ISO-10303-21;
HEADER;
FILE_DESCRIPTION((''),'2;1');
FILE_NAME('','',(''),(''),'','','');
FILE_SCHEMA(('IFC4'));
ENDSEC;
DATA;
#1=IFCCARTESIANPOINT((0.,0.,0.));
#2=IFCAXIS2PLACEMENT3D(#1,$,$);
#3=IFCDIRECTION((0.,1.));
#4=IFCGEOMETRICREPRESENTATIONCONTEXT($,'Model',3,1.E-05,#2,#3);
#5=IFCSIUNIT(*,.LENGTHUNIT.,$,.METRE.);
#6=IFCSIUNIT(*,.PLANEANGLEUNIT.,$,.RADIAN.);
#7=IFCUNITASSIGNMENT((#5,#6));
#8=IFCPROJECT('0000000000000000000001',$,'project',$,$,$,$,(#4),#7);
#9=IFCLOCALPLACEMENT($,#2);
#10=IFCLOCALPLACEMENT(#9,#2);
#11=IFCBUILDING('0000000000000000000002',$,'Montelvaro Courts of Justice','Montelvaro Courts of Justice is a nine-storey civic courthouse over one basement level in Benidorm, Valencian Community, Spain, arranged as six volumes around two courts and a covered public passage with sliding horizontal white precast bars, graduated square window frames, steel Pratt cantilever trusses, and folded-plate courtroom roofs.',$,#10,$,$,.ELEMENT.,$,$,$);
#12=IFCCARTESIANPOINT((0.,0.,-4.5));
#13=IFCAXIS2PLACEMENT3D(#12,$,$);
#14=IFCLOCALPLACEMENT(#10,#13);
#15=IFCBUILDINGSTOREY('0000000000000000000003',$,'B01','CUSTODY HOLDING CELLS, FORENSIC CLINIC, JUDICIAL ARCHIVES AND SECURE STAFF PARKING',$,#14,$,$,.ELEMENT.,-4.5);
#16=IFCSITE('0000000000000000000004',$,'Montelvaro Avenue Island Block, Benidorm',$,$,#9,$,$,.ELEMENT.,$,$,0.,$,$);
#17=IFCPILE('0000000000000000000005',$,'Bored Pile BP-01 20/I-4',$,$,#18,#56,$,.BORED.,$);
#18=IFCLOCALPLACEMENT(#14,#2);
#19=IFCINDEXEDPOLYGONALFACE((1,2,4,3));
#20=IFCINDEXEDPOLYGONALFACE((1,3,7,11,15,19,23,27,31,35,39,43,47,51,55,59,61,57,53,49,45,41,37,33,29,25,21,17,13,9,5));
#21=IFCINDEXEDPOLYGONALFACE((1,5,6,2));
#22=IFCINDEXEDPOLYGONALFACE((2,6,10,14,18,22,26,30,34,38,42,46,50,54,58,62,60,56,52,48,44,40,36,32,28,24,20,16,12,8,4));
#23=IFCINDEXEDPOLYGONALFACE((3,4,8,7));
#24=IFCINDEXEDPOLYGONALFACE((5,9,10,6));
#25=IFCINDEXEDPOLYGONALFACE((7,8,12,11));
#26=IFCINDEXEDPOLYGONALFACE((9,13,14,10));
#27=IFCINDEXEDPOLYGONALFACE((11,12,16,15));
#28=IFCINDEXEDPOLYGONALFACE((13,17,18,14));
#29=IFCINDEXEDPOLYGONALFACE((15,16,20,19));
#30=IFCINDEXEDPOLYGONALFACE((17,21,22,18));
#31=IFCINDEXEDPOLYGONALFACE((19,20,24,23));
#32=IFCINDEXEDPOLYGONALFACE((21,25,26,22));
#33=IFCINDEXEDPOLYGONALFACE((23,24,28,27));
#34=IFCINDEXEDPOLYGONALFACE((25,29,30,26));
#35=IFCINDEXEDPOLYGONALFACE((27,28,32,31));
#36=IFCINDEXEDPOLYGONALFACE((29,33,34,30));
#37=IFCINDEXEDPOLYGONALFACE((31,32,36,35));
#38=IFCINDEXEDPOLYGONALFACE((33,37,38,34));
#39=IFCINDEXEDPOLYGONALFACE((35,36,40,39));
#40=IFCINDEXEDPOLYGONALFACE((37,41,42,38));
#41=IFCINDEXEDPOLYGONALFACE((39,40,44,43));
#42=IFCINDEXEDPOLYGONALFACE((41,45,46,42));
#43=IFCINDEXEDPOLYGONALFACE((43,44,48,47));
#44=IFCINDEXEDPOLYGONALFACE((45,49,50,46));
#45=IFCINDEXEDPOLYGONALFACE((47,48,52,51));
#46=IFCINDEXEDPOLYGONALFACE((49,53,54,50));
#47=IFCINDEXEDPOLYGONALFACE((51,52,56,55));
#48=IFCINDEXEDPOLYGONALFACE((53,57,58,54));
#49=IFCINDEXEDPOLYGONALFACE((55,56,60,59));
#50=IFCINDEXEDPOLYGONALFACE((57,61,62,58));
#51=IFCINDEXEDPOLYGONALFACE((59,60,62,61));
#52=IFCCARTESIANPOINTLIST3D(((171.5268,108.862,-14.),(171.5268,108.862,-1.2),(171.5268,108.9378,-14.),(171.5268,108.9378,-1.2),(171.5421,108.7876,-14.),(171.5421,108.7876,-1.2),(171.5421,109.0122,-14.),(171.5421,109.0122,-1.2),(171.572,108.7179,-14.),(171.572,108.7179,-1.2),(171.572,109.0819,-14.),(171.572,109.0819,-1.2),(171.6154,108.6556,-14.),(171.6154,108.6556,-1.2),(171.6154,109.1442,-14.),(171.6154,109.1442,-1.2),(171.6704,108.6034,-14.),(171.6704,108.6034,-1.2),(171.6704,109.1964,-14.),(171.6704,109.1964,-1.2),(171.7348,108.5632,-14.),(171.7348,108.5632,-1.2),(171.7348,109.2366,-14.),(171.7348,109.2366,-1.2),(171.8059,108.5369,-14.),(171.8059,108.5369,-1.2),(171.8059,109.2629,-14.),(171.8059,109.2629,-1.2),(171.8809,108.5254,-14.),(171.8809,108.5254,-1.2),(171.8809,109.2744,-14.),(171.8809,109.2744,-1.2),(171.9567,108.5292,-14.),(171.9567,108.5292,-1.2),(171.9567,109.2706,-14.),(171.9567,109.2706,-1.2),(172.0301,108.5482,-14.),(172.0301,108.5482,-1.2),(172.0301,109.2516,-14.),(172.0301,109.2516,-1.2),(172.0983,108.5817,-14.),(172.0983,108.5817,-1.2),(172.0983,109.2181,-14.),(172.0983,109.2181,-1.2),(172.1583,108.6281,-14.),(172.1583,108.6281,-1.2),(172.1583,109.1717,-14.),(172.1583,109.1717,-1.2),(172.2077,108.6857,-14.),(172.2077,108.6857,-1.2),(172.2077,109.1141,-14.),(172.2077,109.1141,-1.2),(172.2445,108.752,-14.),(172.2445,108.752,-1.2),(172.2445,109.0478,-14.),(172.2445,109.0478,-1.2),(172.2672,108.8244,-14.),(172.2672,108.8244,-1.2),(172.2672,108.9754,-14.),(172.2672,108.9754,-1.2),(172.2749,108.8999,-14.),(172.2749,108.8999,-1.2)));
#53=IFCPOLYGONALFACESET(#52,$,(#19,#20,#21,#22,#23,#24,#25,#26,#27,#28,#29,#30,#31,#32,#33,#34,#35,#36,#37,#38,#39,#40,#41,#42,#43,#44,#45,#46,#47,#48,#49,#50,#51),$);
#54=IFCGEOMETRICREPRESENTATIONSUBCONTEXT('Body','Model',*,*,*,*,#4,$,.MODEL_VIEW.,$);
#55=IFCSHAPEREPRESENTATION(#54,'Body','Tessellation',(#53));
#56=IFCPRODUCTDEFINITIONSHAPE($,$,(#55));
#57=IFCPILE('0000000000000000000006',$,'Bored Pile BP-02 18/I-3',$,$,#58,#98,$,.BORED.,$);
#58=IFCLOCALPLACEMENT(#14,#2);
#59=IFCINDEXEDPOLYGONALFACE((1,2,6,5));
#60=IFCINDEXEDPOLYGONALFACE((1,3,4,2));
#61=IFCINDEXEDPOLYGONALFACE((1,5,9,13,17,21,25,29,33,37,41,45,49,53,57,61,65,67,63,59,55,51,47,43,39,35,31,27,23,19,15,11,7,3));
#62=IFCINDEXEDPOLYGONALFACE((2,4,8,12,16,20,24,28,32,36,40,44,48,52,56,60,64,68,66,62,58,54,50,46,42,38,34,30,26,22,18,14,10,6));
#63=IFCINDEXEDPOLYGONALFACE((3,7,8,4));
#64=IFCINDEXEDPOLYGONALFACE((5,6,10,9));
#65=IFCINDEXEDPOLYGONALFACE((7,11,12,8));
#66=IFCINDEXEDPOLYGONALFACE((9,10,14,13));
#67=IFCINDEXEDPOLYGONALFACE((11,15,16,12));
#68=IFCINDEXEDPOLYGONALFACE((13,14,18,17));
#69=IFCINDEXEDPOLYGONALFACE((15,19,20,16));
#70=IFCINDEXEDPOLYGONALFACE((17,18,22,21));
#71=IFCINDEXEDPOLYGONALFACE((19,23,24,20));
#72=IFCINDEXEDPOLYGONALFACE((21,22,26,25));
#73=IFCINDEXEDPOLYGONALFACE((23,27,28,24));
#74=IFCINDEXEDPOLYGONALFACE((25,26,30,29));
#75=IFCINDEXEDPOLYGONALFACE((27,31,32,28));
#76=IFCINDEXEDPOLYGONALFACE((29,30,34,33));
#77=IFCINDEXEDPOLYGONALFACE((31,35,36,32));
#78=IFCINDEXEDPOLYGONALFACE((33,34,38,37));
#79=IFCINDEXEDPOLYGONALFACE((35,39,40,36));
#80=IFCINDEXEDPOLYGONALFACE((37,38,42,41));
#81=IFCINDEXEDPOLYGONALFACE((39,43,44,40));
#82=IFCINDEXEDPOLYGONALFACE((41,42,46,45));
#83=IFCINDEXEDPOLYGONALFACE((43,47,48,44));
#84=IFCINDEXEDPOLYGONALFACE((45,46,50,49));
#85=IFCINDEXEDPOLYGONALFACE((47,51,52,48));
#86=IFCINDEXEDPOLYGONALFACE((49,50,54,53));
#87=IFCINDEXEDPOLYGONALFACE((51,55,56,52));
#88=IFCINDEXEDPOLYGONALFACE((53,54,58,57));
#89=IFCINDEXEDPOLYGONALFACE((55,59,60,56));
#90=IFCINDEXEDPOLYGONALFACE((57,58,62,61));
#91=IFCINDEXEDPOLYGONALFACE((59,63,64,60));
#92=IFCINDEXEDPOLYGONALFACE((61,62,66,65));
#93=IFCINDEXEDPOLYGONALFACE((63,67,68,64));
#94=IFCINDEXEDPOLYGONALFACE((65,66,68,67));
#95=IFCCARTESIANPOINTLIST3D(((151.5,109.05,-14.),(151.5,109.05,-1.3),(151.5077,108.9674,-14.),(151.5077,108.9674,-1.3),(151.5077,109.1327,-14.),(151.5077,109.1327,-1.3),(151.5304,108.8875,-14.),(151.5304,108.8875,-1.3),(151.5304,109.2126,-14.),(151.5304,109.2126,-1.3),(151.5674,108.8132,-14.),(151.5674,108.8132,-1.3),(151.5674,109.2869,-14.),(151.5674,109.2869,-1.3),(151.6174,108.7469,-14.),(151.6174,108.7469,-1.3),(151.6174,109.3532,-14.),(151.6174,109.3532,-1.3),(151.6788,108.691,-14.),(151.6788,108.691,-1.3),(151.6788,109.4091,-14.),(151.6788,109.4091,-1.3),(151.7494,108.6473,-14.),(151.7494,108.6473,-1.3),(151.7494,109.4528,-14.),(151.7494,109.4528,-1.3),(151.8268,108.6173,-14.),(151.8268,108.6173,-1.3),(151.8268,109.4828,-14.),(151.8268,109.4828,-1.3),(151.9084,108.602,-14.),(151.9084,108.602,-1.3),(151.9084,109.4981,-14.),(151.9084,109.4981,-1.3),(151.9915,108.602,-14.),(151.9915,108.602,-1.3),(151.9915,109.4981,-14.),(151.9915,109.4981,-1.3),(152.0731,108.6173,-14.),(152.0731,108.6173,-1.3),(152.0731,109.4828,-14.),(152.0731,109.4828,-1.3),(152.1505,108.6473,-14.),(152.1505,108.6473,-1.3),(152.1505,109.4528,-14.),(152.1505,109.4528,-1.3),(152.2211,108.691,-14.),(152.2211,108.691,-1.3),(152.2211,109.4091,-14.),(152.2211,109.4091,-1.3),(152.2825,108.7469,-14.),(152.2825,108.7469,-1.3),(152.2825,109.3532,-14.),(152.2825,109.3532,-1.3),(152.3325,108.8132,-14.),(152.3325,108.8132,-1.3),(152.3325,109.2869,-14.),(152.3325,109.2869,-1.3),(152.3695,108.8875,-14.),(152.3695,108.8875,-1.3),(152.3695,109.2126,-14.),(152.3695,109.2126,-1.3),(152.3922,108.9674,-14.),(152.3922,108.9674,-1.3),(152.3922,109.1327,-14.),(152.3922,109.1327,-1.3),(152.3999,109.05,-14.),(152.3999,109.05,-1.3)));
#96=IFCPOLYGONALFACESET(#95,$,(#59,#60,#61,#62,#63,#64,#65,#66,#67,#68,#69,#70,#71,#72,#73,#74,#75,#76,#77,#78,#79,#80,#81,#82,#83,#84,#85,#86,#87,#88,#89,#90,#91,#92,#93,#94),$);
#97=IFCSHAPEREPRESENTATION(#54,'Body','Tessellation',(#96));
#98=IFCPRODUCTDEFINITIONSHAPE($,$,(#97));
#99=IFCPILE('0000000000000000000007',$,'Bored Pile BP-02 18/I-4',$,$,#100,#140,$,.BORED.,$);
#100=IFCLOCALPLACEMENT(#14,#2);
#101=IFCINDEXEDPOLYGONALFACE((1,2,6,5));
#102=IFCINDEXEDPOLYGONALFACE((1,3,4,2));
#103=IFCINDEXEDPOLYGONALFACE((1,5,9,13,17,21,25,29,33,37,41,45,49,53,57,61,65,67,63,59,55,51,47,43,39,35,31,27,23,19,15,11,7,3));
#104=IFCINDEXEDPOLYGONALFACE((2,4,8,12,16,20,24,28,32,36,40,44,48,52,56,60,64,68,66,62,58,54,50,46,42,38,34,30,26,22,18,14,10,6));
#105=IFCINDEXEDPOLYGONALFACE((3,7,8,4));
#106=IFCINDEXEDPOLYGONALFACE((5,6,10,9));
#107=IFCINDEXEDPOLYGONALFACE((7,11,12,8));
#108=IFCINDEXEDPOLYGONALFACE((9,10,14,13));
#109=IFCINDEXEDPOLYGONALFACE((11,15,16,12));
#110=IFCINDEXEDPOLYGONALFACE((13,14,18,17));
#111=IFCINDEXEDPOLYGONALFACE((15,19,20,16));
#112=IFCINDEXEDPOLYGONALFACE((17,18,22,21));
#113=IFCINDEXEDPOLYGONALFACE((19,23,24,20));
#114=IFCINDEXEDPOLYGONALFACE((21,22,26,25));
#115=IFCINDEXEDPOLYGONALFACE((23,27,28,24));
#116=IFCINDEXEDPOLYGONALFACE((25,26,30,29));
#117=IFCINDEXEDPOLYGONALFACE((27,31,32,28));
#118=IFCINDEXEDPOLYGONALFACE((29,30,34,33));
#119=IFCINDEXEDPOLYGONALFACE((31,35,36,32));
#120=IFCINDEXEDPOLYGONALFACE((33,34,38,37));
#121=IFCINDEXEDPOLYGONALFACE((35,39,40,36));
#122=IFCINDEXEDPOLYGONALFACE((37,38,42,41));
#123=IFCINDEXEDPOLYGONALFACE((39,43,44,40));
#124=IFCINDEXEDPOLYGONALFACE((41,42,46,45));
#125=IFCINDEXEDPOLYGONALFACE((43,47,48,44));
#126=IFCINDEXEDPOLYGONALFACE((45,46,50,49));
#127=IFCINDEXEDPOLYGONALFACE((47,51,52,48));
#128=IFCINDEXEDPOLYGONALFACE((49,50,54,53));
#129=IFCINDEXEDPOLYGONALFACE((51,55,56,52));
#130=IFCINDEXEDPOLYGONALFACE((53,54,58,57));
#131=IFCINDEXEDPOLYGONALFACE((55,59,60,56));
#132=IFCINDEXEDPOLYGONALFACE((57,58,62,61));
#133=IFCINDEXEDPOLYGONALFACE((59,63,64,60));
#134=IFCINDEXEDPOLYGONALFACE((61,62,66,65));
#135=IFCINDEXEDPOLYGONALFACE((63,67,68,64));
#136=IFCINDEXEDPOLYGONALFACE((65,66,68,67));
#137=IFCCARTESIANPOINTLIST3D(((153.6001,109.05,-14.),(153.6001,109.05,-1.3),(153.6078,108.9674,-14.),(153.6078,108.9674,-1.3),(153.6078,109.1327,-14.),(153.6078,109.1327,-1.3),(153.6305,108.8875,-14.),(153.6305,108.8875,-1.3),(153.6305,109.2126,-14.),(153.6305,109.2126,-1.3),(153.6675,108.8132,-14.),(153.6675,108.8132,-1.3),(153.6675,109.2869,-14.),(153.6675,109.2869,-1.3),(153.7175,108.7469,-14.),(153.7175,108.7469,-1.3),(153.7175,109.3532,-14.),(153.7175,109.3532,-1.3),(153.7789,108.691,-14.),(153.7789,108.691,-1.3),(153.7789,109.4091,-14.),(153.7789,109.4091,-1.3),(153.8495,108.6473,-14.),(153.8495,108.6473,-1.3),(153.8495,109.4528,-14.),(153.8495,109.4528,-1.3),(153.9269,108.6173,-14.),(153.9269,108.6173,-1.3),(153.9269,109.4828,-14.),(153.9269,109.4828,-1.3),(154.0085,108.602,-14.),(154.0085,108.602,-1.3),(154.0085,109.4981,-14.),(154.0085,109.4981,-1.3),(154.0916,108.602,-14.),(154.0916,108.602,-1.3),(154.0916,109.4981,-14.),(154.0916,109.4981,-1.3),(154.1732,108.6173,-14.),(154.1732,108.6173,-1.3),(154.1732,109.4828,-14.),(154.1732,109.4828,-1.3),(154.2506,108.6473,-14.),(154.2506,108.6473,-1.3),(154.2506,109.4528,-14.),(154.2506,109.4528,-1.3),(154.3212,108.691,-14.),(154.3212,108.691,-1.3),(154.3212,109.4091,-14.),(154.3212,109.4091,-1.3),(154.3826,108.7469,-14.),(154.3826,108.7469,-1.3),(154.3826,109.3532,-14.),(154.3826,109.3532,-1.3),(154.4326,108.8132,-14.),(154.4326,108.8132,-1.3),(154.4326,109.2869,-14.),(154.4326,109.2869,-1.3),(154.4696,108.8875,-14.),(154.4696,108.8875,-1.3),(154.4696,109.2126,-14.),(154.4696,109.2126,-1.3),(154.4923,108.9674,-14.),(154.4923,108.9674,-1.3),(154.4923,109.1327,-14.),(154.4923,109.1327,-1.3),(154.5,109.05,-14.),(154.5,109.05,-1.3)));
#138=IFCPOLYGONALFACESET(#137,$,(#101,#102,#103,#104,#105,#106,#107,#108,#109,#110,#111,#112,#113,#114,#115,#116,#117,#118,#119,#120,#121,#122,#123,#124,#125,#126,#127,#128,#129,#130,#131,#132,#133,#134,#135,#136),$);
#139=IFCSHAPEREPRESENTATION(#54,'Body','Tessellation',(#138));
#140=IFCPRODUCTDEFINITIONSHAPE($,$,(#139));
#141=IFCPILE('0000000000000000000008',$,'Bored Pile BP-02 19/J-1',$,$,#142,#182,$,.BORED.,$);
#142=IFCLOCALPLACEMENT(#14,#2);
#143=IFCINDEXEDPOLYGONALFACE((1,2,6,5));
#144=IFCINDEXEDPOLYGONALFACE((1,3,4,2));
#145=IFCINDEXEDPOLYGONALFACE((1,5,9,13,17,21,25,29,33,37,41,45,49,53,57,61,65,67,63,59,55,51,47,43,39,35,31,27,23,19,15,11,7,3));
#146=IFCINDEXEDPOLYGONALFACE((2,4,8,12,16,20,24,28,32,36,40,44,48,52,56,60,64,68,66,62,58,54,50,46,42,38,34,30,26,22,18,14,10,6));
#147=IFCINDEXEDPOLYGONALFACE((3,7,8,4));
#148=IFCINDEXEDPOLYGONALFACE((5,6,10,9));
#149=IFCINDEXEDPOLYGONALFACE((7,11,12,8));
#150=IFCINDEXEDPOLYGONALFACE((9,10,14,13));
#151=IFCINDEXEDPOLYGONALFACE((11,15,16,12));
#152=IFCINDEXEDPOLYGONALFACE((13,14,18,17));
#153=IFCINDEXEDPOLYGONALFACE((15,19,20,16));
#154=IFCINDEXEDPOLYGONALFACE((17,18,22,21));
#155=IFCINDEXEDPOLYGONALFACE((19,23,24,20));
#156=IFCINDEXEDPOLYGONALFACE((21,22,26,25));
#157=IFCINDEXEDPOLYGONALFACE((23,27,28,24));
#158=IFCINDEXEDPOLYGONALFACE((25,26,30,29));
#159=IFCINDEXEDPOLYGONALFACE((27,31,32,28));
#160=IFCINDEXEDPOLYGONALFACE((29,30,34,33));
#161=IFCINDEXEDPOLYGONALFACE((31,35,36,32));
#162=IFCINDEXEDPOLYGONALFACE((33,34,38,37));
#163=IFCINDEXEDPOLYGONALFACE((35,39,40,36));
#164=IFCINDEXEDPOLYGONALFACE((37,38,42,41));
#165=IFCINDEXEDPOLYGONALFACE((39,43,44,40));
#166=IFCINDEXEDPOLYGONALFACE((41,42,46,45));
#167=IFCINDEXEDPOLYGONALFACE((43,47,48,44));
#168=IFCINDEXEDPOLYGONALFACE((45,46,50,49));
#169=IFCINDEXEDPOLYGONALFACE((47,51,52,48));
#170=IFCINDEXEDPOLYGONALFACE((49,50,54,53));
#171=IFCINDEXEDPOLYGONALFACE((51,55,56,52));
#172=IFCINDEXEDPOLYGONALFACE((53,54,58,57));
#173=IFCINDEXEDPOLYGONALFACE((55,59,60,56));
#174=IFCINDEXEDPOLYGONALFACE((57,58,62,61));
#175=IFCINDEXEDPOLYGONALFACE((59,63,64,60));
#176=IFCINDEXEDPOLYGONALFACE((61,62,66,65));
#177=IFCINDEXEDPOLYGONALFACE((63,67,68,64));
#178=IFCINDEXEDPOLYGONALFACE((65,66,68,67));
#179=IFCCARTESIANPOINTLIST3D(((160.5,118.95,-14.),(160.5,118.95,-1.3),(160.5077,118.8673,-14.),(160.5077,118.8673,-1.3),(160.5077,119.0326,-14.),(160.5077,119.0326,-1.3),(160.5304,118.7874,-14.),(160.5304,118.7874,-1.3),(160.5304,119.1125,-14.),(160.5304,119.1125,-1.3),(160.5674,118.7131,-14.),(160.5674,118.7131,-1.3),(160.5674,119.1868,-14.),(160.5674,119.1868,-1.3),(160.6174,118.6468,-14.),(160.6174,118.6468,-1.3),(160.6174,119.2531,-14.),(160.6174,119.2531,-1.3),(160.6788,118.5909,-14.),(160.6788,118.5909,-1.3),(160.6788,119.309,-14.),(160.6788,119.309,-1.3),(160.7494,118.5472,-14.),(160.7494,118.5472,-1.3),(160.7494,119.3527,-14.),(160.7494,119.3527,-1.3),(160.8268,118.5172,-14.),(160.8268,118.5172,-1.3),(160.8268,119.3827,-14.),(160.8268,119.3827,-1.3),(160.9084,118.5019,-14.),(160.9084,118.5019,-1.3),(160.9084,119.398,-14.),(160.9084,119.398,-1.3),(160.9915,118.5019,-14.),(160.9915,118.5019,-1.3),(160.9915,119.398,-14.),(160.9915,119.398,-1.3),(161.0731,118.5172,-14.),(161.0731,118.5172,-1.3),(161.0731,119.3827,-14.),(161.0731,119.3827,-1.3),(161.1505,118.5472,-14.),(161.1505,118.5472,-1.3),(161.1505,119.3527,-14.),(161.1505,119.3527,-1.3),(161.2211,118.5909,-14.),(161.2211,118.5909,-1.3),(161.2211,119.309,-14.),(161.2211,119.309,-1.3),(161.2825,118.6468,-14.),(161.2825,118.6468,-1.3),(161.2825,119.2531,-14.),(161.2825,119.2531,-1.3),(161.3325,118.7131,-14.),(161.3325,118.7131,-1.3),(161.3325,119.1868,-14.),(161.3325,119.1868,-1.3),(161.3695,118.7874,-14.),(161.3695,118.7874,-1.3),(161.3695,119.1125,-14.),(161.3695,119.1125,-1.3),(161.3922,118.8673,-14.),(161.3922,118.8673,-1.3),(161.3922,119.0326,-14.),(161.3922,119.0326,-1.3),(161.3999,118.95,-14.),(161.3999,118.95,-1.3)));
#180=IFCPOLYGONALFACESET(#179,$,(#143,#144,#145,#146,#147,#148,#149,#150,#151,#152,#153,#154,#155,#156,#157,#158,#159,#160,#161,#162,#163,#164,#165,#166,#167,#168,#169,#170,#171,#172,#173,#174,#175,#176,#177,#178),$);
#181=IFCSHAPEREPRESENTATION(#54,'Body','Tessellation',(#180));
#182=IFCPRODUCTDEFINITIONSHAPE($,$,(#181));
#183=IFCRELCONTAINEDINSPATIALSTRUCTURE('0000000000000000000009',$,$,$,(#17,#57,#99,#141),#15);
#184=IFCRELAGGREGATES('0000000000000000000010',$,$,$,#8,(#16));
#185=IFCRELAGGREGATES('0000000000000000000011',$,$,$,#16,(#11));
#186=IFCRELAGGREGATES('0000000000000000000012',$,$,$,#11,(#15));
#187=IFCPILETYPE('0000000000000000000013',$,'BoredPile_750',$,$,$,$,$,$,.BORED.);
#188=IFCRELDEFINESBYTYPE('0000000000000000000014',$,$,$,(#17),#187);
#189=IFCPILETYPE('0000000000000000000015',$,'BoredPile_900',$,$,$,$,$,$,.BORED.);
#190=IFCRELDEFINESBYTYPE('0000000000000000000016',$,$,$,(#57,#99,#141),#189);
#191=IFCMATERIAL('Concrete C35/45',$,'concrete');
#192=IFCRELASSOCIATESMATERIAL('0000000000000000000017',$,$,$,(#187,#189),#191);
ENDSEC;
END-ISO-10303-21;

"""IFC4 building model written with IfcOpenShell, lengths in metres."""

from ifc_helpers import new_model, si_unit, direction, frame, origin, origin_2d, place, context, subcontext, project, spatial, circle, extrude, material, material_profile, profile_set, type_object, element, save


model = new_model("IFC4")

# Units and contexts
model_context = context("Model", 3, precision=1e-05, world=origin(), true_north=direction((0.0, 1.0)))
body_context = subcontext(model_context, "Body", "Model", "MODEL_VIEW")
ifc_project = project(units=[si_unit("LENGTHUNIT", "METRE"), si_unit("PLANEANGLEUNIT", "RADIAN")], contexts=[model_context])

# Site, building, storey
site_placement = place(None, origin())
site = spatial("IfcSite", under=ifc_project, at=site_placement, Name="Montelvaro Avenue Island Block, Benidorm", CompositionType="ELEMENT", RefElevation=0.0)
building_placement = place(site_placement, origin())
building = spatial("IfcBuilding", under=site, at=building_placement, Name="Montelvaro Courts of Justice", Description="Montelvaro Courts of Justice is a nine-storey civic courthouse over one basement level in Benidorm, Valencian Community, Spain, arranged as six volumes around two courts and a covered public passage with sliding horizontal white precast bars, graduated square window frames, steel Pratt cantilever trusses, and folded-plate courtroom roofs.", CompositionType="ELEMENT")
storey_placement = place(building_placement, frame((0.0, 0.0, -4.5)))
storey = spatial("IfcBuildingStorey", under=building, at=storey_placement, Name="B01", Description="CUSTODY HOLDING CELLS, FORENSIC CLINIC, JUDICIAL ARCHIVES AND SECURE STAFF PARKING", CompositionType="ELEMENT", Elevation=-4.5)

# Piles
ifc_material_1 = material(Name="Concrete C35/45", Category="concrete")
ifc_material_profile_1 = material_profile(ifc_material_1, circle(Radius=0.375, at=origin_2d()), Name="BORED PILE D750")
ifc_profile_set_1 = profile_set([ifc_material_profile_1], Name="Concrete C35/45")
pile_type_1 = type_object("IfcPileType", Name="BoredPile_750", PredefinedType="BORED", material=ifc_profile_set_1)
for number, where, z_axis, x_axis, name in (
    (1, (171.8999, 108.8999, -1.2), (0.0, 0.0, -1.0), (1.0, 0.0, 0.0), "Bored Pile BP-01 20/I-4"),
):
    element("IfcPile", number, at=place(storey_placement, frame(where, z_axis=z_axis, x_axis=x_axis)), inside=storey, type_object=pile_type_1, Name=name, PredefinedType="BORED", context=body_context, shape_type="SweptSolid", body=[
        extrude(circle(Radius=0.375, at=origin_2d()), origin(), (0.0, 0.0, 1.0), 12.8),
    ])
ifc_material_profile_2 = material_profile(ifc_material_1, circle(Radius=0.45, at=origin_2d()), Name="BORED PILE D900")
ifc_profile_set_2 = profile_set([ifc_material_profile_2], Name="Concrete C35/45")
pile_type_2 = type_object("IfcPileType", Name="BoredPile_900", PredefinedType="BORED", material=ifc_profile_set_2)
for number, where, z_axis, x_axis, name in (
    (2, (151.95, 109.05, -1.3), (0.0, 0.0, -1.0), (1.0, 0.0, 0.0), "Bored Pile BP-02 18/I-3"),
    (3, (154.05, 109.05, -1.3), (0.0, 0.0, -1.0), (1.0, 0.0, 0.0), "Bored Pile BP-02 18/I-4"),
    (4, (160.95, 118.95, -1.3), (0.0, 0.0, -1.0), (1.0, 0.0, 0.0), "Bored Pile BP-02 19/J-1"),
):
    element("IfcPile", number, at=place(storey_placement, frame(where, z_axis=z_axis, x_axis=x_axis)), inside=storey, type_object=pile_type_2, Name=name, PredefinedType="BORED", context=body_context, shape_type="SweptSolid", body=[
        extrude(circle(Radius=0.45, at=origin_2d()), origin(), (0.0, 0.0, 1.0), 12.7),
    ])

save(model, "model.ifc")
